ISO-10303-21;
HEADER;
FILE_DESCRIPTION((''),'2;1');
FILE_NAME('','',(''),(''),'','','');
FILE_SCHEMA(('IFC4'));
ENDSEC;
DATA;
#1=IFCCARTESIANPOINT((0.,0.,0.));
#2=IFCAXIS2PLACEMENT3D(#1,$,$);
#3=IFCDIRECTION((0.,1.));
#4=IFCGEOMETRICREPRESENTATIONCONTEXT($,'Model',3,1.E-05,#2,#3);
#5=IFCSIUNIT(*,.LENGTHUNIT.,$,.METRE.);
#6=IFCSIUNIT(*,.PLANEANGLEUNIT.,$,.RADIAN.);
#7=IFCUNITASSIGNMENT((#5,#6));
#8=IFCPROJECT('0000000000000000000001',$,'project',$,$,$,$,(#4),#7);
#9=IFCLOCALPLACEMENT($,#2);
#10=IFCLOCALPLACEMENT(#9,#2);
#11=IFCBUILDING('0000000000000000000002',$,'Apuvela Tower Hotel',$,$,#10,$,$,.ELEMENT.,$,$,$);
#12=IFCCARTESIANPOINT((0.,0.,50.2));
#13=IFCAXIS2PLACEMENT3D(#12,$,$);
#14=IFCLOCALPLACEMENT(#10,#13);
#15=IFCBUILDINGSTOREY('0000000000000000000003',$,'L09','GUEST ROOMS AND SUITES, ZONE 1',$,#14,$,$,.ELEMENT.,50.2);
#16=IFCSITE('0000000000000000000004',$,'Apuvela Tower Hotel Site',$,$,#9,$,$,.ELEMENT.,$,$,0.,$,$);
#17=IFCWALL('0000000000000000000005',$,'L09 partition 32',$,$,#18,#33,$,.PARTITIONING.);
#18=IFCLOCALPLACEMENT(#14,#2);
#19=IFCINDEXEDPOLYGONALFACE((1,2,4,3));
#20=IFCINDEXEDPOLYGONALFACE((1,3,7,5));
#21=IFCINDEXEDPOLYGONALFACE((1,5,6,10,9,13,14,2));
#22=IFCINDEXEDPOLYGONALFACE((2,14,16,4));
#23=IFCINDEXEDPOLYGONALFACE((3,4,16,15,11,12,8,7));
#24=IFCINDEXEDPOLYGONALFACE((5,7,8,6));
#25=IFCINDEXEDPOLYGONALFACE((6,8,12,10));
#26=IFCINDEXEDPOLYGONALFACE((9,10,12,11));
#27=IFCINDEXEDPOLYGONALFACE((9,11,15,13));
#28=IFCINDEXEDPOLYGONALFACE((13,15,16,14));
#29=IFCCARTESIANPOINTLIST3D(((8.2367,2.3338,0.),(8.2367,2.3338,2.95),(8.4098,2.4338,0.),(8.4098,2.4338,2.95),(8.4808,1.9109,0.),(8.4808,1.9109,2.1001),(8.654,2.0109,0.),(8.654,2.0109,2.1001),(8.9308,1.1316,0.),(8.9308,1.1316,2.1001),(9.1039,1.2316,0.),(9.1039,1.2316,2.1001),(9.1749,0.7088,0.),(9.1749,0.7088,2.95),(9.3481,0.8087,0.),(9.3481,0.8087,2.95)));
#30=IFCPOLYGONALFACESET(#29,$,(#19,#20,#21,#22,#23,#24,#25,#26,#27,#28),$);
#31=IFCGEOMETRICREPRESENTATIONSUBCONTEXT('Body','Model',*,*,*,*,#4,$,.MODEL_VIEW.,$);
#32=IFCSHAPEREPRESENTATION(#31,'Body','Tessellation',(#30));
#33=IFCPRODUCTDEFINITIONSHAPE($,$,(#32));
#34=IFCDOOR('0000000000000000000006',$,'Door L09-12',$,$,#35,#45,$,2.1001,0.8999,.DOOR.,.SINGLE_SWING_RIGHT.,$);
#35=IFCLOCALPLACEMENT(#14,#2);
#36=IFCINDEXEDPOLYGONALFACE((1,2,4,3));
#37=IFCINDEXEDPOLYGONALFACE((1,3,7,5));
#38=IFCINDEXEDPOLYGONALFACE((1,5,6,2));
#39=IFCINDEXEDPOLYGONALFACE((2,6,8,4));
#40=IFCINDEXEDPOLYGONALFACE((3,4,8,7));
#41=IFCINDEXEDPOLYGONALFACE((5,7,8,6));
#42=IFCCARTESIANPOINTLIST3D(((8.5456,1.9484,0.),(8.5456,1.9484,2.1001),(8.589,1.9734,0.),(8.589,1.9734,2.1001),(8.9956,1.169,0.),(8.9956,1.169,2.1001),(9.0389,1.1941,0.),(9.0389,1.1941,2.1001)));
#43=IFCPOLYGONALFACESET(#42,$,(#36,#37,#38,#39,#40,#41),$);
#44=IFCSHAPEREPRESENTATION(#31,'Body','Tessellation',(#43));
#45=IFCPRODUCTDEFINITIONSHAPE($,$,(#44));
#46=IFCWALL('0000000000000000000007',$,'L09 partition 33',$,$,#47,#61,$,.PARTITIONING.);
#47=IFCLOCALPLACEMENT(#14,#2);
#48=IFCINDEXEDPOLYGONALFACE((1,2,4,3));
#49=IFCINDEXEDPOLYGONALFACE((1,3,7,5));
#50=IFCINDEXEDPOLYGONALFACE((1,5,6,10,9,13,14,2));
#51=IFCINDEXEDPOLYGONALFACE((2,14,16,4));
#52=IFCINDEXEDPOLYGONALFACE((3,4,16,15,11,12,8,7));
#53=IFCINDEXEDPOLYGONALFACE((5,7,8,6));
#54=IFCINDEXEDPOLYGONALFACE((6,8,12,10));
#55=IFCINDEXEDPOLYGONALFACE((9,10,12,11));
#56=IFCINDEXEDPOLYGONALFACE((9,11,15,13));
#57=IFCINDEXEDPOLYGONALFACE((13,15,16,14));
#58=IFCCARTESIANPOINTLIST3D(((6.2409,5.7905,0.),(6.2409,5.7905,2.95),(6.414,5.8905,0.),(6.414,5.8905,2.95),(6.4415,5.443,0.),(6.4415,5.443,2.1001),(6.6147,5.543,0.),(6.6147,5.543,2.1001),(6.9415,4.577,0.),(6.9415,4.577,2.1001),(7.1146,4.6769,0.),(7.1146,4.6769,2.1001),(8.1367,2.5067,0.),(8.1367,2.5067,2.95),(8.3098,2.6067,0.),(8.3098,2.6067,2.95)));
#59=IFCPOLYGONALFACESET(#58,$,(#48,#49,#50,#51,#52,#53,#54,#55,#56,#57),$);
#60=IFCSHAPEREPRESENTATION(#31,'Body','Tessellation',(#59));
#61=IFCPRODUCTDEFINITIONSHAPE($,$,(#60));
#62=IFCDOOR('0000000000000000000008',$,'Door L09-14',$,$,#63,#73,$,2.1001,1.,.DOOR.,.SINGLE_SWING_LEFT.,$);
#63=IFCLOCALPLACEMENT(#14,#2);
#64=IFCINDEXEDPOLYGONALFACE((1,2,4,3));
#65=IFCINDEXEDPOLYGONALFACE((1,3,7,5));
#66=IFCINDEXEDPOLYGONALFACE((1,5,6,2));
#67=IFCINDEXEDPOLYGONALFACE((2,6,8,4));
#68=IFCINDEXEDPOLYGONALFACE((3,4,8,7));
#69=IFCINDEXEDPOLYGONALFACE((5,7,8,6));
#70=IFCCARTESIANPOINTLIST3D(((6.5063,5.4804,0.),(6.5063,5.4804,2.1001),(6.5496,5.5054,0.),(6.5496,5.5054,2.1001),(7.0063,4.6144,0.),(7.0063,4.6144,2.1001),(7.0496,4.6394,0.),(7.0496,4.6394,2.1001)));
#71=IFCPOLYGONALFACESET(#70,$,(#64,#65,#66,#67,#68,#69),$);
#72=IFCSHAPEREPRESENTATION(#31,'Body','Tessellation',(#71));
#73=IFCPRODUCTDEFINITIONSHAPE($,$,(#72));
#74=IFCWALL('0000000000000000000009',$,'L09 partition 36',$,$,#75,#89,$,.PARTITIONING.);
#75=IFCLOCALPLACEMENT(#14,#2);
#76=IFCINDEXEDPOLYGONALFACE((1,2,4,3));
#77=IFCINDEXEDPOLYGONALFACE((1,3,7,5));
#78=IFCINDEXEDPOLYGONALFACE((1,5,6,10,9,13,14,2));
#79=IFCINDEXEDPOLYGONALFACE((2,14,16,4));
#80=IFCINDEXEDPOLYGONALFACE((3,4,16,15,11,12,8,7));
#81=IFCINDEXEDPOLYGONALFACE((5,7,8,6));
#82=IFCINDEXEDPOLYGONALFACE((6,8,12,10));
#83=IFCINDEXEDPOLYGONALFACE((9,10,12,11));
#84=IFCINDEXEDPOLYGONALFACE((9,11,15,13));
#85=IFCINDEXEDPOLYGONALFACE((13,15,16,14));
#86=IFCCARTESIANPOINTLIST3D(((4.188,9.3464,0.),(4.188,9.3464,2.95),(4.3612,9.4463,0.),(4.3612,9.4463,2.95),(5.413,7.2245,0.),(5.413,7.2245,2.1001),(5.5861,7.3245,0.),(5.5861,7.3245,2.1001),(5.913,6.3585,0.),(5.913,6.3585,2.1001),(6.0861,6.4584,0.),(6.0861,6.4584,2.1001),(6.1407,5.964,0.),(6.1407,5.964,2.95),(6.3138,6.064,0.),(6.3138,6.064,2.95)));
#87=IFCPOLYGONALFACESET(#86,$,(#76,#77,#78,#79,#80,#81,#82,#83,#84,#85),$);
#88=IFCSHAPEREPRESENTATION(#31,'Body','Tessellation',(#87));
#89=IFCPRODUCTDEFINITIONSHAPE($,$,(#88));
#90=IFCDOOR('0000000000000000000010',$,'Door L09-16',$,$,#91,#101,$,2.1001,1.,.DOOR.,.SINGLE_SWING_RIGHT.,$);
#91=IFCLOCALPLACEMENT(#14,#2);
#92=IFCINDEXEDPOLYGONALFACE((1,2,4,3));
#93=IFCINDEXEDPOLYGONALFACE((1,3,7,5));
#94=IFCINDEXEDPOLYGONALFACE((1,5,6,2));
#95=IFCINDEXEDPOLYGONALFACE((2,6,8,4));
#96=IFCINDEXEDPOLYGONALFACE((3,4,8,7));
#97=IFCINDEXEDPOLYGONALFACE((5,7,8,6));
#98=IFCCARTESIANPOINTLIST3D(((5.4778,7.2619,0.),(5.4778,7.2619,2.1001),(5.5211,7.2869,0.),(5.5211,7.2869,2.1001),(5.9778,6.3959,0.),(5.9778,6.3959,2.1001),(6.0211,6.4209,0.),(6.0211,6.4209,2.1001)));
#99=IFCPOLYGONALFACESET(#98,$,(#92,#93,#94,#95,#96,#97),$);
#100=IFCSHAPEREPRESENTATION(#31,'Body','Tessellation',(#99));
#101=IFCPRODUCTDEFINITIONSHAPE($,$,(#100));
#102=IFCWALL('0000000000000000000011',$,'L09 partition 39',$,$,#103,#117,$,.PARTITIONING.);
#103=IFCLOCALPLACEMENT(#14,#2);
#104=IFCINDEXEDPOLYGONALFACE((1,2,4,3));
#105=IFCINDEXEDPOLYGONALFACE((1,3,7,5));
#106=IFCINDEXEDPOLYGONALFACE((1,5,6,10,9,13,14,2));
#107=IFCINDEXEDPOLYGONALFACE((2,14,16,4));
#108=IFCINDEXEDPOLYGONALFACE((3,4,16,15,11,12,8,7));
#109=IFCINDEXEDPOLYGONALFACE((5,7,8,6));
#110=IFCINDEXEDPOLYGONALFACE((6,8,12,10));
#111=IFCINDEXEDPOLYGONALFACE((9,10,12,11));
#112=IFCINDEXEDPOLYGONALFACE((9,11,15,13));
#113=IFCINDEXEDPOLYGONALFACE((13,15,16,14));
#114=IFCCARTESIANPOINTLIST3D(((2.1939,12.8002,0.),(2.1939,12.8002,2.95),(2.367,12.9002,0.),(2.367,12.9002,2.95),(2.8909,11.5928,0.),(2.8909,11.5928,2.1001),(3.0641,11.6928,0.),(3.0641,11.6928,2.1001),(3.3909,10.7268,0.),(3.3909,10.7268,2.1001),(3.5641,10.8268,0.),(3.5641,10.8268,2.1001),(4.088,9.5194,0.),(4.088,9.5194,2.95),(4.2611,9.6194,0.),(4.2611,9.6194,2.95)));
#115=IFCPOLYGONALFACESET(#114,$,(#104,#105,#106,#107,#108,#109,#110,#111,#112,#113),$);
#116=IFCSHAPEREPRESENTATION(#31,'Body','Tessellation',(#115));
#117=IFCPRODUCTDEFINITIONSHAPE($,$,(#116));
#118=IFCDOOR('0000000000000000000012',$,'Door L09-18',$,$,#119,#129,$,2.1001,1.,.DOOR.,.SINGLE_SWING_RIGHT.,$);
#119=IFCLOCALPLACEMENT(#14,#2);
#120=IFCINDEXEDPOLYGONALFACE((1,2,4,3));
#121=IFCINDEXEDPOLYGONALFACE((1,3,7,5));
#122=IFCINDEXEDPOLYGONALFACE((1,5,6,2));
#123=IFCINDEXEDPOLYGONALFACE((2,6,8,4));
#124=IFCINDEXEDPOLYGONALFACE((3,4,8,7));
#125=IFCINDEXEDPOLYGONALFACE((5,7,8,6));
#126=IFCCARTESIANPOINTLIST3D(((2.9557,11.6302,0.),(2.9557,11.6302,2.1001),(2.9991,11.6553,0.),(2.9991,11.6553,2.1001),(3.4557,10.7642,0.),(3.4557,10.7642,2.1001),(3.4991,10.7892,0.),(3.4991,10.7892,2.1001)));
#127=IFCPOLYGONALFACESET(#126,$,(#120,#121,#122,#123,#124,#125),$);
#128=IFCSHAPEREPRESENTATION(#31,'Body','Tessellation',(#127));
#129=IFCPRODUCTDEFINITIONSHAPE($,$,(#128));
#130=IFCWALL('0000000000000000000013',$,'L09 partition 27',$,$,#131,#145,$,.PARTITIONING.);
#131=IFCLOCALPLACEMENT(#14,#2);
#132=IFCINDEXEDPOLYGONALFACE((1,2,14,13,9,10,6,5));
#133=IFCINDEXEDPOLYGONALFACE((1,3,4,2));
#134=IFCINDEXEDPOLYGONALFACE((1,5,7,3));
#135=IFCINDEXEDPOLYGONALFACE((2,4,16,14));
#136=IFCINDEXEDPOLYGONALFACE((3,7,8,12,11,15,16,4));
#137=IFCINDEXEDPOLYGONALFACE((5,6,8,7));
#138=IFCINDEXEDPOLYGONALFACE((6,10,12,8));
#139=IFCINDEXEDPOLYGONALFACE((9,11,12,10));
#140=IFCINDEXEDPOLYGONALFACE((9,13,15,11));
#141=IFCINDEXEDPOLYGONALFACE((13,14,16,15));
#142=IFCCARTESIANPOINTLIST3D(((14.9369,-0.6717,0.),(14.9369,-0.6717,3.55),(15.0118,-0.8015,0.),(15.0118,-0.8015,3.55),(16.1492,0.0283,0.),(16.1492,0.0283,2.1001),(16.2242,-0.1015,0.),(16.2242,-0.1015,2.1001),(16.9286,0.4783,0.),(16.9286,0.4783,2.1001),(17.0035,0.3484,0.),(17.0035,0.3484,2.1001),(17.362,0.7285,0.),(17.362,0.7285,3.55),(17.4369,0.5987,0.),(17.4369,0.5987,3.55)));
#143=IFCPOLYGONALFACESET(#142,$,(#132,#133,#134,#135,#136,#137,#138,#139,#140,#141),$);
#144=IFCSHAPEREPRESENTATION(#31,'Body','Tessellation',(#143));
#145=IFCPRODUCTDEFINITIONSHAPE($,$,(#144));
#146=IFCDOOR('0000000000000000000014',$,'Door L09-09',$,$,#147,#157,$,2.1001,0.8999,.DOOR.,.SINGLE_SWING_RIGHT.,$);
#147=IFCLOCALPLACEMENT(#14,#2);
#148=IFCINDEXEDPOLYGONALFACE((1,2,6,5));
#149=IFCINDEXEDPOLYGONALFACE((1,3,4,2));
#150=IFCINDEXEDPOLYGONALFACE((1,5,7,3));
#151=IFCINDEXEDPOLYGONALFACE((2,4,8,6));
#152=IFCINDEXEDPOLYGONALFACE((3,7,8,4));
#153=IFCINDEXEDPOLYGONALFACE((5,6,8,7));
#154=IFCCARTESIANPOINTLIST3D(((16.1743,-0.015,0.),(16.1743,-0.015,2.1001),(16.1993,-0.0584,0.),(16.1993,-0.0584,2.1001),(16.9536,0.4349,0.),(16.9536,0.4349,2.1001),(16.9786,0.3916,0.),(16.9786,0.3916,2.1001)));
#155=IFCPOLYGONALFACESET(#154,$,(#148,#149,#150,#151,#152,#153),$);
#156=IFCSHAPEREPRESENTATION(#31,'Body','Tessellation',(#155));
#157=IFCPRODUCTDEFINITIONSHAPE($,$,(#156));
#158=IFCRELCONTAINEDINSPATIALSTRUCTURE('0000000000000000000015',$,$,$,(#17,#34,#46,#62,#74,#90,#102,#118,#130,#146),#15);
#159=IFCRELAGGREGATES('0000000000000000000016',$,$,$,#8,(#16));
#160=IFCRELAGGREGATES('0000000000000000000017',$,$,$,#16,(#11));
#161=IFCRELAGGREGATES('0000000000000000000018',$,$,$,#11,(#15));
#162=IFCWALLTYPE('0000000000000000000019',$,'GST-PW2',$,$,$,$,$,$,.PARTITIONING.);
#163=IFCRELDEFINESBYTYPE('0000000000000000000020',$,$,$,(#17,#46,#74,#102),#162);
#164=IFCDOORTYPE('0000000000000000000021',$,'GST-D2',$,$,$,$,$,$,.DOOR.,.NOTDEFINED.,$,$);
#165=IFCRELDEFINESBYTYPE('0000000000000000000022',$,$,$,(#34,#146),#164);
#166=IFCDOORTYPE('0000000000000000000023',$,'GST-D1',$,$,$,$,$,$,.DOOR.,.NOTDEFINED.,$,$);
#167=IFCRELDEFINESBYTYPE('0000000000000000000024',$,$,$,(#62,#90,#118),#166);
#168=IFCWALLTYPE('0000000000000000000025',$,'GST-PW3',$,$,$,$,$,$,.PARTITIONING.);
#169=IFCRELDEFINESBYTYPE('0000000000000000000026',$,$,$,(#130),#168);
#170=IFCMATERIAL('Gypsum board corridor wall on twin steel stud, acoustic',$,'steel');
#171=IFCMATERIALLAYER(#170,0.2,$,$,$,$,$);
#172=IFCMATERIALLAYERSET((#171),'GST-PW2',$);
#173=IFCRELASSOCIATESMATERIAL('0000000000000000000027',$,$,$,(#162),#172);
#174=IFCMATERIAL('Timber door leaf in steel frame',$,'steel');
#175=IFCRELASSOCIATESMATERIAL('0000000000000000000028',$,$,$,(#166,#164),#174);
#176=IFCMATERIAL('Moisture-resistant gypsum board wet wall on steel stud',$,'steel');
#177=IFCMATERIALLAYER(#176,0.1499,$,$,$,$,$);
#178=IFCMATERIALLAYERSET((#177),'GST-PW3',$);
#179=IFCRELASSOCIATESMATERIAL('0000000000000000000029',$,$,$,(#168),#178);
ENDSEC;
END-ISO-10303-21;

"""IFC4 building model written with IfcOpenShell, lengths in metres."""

from ifc_helpers import new_model, si_unit, direction, frame, frame_2d, origin, place, context, subcontext, project, spatial, rectangle, extrude, material, layer, layer_set, type_object, element, fill, save


model = new_model("IFC4")

# Units and contexts
model_context = context("Model", 3, precision=1e-05, world=origin(), true_north=direction((0.0, 1.0)))
body_context = subcontext(model_context, "Body", "Model", "MODEL_VIEW")
ifc_project = project(units=[si_unit("LENGTHUNIT", "METRE"), si_unit("PLANEANGLEUNIT", "RADIAN")], contexts=[model_context])

# Site, building, storey
site_placement = place(None, origin())
site = spatial("IfcSite", under=ifc_project, at=site_placement, Name="Apuvela Tower Hotel Site", CompositionType="ELEMENT", RefElevation=0.0)
building_placement = place(site_placement, origin())
building = spatial("IfcBuilding", under=site, at=building_placement, Name="Apuvela Tower Hotel", CompositionType="ELEMENT")
storey_placement = place(building_placement, frame((0.0, 0.0, 50.2)))
storey = spatial("IfcBuildingStorey", under=building, at=storey_placement, Name="L09", Description="GUEST ROOMS AND SUITES, ZONE 1", CompositionType="ELEMENT", Elevation=50.2)

# Walls, openings, doors
ifc_material_1 = material(Name="Gypsum board corridor wall on twin steel stud, acoustic", Category="steel")
ifc_layer_1 = layer(ifc_material_1, 0.2)
ifc_layer_set_1 = layer_set([ifc_layer_1], Name="GST-PW2")
wall_type_1 = type_object("IfcWallType", Name="GST-PW2", PredefinedType="PARTITIONING", material=ifc_layer_set_1)
ifc_material_2 = material(Name="Timber door leaf in steel frame", Category="steel")
door_type_1 = type_object("IfcDoorType", Name="GST-D1", OperationType="NOTDEFINED", PredefinedType="DOOR", material=ifc_material_2)
door_type_2 = type_object("IfcDoorType", Name="GST-D2", OperationType="NOTDEFINED", PredefinedType="DOOR", material=ifc_material_2)
wall_1_placement = place(storey_placement, frame((8.3232, 2.3838, 0.0), z_axis=(0.0, 0.0, 1.0), x_axis=(0.500015, -0.866017, 0.0)))
wall_1 = element("IfcWall", 1, at=wall_1_placement, inside=storey, type_object=wall_type_1, Name="L09 partition 32", PredefinedType="PARTITIONING", context=body_context, shape_type="SweptSolid", body=[
    extrude(rectangle(XDim=1.8765, YDim=0.2, at=frame_2d((0.9382, 0.0))), origin(), (0.0, 0.0, 1.0), 2.95),
])
opening_1_placement = place(wall_1_placement, frame((0.4883, 0.0, 0.0)))
opening_1 = element("IfcOpeningElement", 2, at=opening_1_placement, cuts=wall_1, PredefinedType="OPENING", context=body_context, shape_type="SweptSolid", body=[
    extrude(rectangle(XDim=0.8999, YDim=2.1001, at=frame_2d((0.45, 1.05))), frame((0.0, 0.1099, 0.0), z_axis=(0.0, -1.0, 0.0), x_axis=(1.0, 0.0, 0.0)), (0.0, 0.0, 1.0), 0.22),
])
door_1_placement = place(opening_1_placement, origin())
door_1 = element("IfcDoor", 3, at=door_1_placement, inside=storey, type_object=door_type_2, Name="Door L09-12", OperationType="SINGLE_SWING_RIGHT", OverallHeight=2.1001, OverallWidth=0.8999, PredefinedType="DOOR", context=body_context, shape_type="SweptSolid", body=[
    extrude(rectangle(XDim=0.8999, YDim=2.1001, at=frame_2d((0.45, 1.05))), frame((0.0, 0.0249, 0.0), z_axis=(0.0, -1.0, 0.0), x_axis=(1.0, 0.0, 0.0)), (0.0, 0.0, 1.0), 0.05),
])
fill(opening_1, door_1)
wall_2_placement = place(storey_placement, frame((6.3274, 5.8406, 0.0), z_axis=(0.0, 0.0, 1.0), x_axis=(0.499983, -0.866035, 0.0)))
wall_2 = element("IfcWall", 4, at=wall_2_placement, inside=storey, type_object=wall_type_1, Name="L09 partition 33", PredefinedType="PARTITIONING", context=body_context, shape_type="SweptSolid", body=[
    extrude(rectangle(XDim=3.7917, YDim=0.2, at=frame_2d((1.896, 0.0))), origin(), (0.0, 0.0, 1.0), 2.95),
])
opening_2_placement = place(wall_2_placement, frame((0.4014, 0.0, 0.0)))
opening_2 = element("IfcOpeningElement", 5, at=opening_2_placement, cuts=wall_2, PredefinedType="OPENING", context=body_context, shape_type="SweptSolid", body=[
    extrude(rectangle(XDim=1.0, YDim=2.1001, at=frame_2d((0.5, 1.05))), frame((0.0, 0.1099, 0.0), z_axis=(0.0, -1.0, 0.0), x_axis=(1.0, 0.0, 0.0)), (0.0, 0.0, 1.0), 0.22),
])
door_2_placement = place(opening_2_placement, origin())
door_2 = element("IfcDoor", 6, at=door_2_placement, inside=storey, type_object=door_type_1, Name="Door L09-14", OperationType="SINGLE_SWING_LEFT", OverallHeight=2.1001, OverallWidth=1.0, PredefinedType="DOOR", context=body_context, shape_type="SweptSolid", body=[
    extrude(rectangle(XDim=1.0, YDim=2.1001, at=frame_2d((0.5, 1.05))), frame((0.0, 0.0249, 0.0), z_axis=(0.0, -1.0, 0.0), x_axis=(1.0, 0.0, 0.0)), (0.0, 0.0, 1.0), 0.05),
])
fill(opening_2, door_2)
wall_3_placement = place(storey_placement, frame((4.2747, 9.3962, 0.0), z_axis=(0.0, 0.0, 1.0), x_axis=(0.499971, -0.866042, 0.0)))
wall_3 = element("IfcWall", 7, at=wall_3_placement, inside=storey, type_object=wall_type_1, Name="L09 partition 36", PredefinedType="PARTITIONING", context=body_context, shape_type="SweptSolid", body=[
    extrude(rectangle(XDim=3.9055, YDim=0.2, at=frame_2d((1.9526, 0.0))), origin(), (0.0, 0.0, 1.0), 2.95),
])
opening_3_placement = place(wall_3_placement, frame((2.45, 0.0, 0.0)))
opening_3 = element("IfcOpeningElement", 8, at=opening_3_placement, cuts=wall_3, PredefinedType="OPENING", context=body_context, shape_type="SweptSolid", body=[
    extrude(rectangle(XDim=1.0, YDim=2.1001, at=frame_2d((0.5, 1.05))), frame((0.0, 0.1099, 0.0), z_axis=(0.0, -1.0, 0.0), x_axis=(1.0, 0.0, 0.0)), (0.0, 0.0, 1.0), 0.22),
])
door_3_placement = place(opening_3_placement, origin())
door_3 = element("IfcDoor", 9, at=door_3_placement, inside=storey, type_object=door_type_1, Name="Door L09-16", OperationType="SINGLE_SWING_RIGHT", OverallHeight=2.1001, OverallWidth=1.0, PredefinedType="DOOR", context=body_context, shape_type="SweptSolid", body=[
    extrude(rectangle(XDim=1.0, YDim=2.1001, at=frame_2d((0.5, 1.05))), frame((0.0, 0.0249, 0.0), z_axis=(0.0, -1.0, 0.0), x_axis=(1.0, 0.0, 0.0)), (0.0, 0.0, 1.0), 0.05),
])
fill(opening_3, door_3)
wall_4_placement = place(storey_placement, frame((2.2805, 12.8501, 0.0), z_axis=(0.0, 0.0, 1.0), x_axis=(0.499979, -0.866037, 0.0)))
wall_4 = element("IfcWall", 10, at=wall_4_placement, inside=storey, type_object=wall_type_1, Name="L09 partition 39", PredefinedType="PARTITIONING", context=body_context, shape_type="SweptSolid", body=[
    extrude(rectangle(XDim=3.7883, YDim=0.2, at=frame_2d((1.894, 0.0))), origin(), (0.0, 0.0, 1.0), 2.95),
])
opening_4_placement = place(wall_4_placement, frame((1.394, 0.0, 0.0)))
opening_4 = element("IfcOpeningElement", 11, at=opening_4_placement, cuts=wall_4, PredefinedType="OPENING", context=body_context, shape_type="SweptSolid", body=[
    extrude(rectangle(XDim=1.0, YDim=2.1001, at=frame_2d((0.5, 1.05))), frame((0.0, 0.1099, 0.0), z_axis=(0.0, -1.0, 0.0), x_axis=(1.0, 0.0, 0.0)), (0.0, 0.0, 1.0), 0.22),
])
door_4_placement = place(opening_4_placement, origin())
door_4 = element("IfcDoor", 12, at=door_4_placement, inside=storey, type_object=door_type_1, Name="Door L09-18", OperationType="SINGLE_SWING_RIGHT", OverallHeight=2.1001, OverallWidth=1.0, PredefinedType="DOOR", context=body_context, shape_type="SweptSolid", body=[
    extrude(rectangle(XDim=1.0, YDim=2.1001, at=frame_2d((0.5, 1.05))), frame((0.0, 0.0249, 0.0), z_axis=(0.0, -1.0, 0.0), x_axis=(1.0, 0.0, 0.0)), (0.0, 0.0, 1.0), 0.05),
])
fill(opening_4, door_4)
ifc_material_3 = material(Name="Moisture-resistant gypsum board wet wall on steel stud", Category="steel")
ifc_layer_2 = layer(ifc_material_3, 0.1499)
ifc_layer_set_2 = layer_set([ifc_layer_2], Name="GST-PW3")
wall_type_2 = type_object("IfcWallType", Name="GST-PW3", PredefinedType="PARTITIONING", material=ifc_layer_set_2)
wall_5_placement = place(storey_placement, frame((14.9744, -0.7366, 0.0), z_axis=(0.0, 0.0, 1.0), x_axis=(0.866019, 0.500012, 0.0)))
wall_5 = element("IfcWall", 13, at=wall_5_placement, inside=storey, type_object=wall_type_2, Name="L09 partition 27", PredefinedType="PARTITIONING", context=body_context, shape_type="SweptSolid", body=[
    extrude(rectangle(XDim=2.8003, YDim=0.1499, at=frame_2d((1.4001, 0.0))), origin(), (0.0, 0.0, 1.0), 3.55),
])
opening_5_placement = place(wall_5_placement, frame((1.3999, 0.0, 0.0)))
opening_5 = element("IfcOpeningElement", 14, at=opening_5_placement, cuts=wall_5, PredefinedType="OPENING", context=body_context, shape_type="SweptSolid", body=[
    extrude(rectangle(XDim=0.8999, YDim=2.1001, at=frame_2d((0.45, 1.05))), frame((0.0, 0.085, 0.0), z_axis=(0.0, -1.0, 0.0), x_axis=(1.0, 0.0, 0.0)), (0.0, 0.0, 1.0), 0.1699),
])
door_5_placement = place(opening_5_placement, origin())
door_5 = element("IfcDoor", 15, at=door_5_placement, inside=storey, type_object=door_type_2, Name="Door L09-09", OperationType="SINGLE_SWING_RIGHT", OverallHeight=2.1001, OverallWidth=0.8999, PredefinedType="DOOR", context=body_context, shape_type="SweptSolid", body=[
    extrude(rectangle(XDim=0.8999, YDim=2.1001, at=frame_2d((0.45, 1.05))), frame((0.0, 0.0249, 0.0), z_axis=(0.0, -1.0, 0.0), x_axis=(1.0, 0.0, 0.0)), (0.0, 0.0, 1.0), 0.05),
])
fill(opening_5, door_5)

save(model, "model.ifc")
